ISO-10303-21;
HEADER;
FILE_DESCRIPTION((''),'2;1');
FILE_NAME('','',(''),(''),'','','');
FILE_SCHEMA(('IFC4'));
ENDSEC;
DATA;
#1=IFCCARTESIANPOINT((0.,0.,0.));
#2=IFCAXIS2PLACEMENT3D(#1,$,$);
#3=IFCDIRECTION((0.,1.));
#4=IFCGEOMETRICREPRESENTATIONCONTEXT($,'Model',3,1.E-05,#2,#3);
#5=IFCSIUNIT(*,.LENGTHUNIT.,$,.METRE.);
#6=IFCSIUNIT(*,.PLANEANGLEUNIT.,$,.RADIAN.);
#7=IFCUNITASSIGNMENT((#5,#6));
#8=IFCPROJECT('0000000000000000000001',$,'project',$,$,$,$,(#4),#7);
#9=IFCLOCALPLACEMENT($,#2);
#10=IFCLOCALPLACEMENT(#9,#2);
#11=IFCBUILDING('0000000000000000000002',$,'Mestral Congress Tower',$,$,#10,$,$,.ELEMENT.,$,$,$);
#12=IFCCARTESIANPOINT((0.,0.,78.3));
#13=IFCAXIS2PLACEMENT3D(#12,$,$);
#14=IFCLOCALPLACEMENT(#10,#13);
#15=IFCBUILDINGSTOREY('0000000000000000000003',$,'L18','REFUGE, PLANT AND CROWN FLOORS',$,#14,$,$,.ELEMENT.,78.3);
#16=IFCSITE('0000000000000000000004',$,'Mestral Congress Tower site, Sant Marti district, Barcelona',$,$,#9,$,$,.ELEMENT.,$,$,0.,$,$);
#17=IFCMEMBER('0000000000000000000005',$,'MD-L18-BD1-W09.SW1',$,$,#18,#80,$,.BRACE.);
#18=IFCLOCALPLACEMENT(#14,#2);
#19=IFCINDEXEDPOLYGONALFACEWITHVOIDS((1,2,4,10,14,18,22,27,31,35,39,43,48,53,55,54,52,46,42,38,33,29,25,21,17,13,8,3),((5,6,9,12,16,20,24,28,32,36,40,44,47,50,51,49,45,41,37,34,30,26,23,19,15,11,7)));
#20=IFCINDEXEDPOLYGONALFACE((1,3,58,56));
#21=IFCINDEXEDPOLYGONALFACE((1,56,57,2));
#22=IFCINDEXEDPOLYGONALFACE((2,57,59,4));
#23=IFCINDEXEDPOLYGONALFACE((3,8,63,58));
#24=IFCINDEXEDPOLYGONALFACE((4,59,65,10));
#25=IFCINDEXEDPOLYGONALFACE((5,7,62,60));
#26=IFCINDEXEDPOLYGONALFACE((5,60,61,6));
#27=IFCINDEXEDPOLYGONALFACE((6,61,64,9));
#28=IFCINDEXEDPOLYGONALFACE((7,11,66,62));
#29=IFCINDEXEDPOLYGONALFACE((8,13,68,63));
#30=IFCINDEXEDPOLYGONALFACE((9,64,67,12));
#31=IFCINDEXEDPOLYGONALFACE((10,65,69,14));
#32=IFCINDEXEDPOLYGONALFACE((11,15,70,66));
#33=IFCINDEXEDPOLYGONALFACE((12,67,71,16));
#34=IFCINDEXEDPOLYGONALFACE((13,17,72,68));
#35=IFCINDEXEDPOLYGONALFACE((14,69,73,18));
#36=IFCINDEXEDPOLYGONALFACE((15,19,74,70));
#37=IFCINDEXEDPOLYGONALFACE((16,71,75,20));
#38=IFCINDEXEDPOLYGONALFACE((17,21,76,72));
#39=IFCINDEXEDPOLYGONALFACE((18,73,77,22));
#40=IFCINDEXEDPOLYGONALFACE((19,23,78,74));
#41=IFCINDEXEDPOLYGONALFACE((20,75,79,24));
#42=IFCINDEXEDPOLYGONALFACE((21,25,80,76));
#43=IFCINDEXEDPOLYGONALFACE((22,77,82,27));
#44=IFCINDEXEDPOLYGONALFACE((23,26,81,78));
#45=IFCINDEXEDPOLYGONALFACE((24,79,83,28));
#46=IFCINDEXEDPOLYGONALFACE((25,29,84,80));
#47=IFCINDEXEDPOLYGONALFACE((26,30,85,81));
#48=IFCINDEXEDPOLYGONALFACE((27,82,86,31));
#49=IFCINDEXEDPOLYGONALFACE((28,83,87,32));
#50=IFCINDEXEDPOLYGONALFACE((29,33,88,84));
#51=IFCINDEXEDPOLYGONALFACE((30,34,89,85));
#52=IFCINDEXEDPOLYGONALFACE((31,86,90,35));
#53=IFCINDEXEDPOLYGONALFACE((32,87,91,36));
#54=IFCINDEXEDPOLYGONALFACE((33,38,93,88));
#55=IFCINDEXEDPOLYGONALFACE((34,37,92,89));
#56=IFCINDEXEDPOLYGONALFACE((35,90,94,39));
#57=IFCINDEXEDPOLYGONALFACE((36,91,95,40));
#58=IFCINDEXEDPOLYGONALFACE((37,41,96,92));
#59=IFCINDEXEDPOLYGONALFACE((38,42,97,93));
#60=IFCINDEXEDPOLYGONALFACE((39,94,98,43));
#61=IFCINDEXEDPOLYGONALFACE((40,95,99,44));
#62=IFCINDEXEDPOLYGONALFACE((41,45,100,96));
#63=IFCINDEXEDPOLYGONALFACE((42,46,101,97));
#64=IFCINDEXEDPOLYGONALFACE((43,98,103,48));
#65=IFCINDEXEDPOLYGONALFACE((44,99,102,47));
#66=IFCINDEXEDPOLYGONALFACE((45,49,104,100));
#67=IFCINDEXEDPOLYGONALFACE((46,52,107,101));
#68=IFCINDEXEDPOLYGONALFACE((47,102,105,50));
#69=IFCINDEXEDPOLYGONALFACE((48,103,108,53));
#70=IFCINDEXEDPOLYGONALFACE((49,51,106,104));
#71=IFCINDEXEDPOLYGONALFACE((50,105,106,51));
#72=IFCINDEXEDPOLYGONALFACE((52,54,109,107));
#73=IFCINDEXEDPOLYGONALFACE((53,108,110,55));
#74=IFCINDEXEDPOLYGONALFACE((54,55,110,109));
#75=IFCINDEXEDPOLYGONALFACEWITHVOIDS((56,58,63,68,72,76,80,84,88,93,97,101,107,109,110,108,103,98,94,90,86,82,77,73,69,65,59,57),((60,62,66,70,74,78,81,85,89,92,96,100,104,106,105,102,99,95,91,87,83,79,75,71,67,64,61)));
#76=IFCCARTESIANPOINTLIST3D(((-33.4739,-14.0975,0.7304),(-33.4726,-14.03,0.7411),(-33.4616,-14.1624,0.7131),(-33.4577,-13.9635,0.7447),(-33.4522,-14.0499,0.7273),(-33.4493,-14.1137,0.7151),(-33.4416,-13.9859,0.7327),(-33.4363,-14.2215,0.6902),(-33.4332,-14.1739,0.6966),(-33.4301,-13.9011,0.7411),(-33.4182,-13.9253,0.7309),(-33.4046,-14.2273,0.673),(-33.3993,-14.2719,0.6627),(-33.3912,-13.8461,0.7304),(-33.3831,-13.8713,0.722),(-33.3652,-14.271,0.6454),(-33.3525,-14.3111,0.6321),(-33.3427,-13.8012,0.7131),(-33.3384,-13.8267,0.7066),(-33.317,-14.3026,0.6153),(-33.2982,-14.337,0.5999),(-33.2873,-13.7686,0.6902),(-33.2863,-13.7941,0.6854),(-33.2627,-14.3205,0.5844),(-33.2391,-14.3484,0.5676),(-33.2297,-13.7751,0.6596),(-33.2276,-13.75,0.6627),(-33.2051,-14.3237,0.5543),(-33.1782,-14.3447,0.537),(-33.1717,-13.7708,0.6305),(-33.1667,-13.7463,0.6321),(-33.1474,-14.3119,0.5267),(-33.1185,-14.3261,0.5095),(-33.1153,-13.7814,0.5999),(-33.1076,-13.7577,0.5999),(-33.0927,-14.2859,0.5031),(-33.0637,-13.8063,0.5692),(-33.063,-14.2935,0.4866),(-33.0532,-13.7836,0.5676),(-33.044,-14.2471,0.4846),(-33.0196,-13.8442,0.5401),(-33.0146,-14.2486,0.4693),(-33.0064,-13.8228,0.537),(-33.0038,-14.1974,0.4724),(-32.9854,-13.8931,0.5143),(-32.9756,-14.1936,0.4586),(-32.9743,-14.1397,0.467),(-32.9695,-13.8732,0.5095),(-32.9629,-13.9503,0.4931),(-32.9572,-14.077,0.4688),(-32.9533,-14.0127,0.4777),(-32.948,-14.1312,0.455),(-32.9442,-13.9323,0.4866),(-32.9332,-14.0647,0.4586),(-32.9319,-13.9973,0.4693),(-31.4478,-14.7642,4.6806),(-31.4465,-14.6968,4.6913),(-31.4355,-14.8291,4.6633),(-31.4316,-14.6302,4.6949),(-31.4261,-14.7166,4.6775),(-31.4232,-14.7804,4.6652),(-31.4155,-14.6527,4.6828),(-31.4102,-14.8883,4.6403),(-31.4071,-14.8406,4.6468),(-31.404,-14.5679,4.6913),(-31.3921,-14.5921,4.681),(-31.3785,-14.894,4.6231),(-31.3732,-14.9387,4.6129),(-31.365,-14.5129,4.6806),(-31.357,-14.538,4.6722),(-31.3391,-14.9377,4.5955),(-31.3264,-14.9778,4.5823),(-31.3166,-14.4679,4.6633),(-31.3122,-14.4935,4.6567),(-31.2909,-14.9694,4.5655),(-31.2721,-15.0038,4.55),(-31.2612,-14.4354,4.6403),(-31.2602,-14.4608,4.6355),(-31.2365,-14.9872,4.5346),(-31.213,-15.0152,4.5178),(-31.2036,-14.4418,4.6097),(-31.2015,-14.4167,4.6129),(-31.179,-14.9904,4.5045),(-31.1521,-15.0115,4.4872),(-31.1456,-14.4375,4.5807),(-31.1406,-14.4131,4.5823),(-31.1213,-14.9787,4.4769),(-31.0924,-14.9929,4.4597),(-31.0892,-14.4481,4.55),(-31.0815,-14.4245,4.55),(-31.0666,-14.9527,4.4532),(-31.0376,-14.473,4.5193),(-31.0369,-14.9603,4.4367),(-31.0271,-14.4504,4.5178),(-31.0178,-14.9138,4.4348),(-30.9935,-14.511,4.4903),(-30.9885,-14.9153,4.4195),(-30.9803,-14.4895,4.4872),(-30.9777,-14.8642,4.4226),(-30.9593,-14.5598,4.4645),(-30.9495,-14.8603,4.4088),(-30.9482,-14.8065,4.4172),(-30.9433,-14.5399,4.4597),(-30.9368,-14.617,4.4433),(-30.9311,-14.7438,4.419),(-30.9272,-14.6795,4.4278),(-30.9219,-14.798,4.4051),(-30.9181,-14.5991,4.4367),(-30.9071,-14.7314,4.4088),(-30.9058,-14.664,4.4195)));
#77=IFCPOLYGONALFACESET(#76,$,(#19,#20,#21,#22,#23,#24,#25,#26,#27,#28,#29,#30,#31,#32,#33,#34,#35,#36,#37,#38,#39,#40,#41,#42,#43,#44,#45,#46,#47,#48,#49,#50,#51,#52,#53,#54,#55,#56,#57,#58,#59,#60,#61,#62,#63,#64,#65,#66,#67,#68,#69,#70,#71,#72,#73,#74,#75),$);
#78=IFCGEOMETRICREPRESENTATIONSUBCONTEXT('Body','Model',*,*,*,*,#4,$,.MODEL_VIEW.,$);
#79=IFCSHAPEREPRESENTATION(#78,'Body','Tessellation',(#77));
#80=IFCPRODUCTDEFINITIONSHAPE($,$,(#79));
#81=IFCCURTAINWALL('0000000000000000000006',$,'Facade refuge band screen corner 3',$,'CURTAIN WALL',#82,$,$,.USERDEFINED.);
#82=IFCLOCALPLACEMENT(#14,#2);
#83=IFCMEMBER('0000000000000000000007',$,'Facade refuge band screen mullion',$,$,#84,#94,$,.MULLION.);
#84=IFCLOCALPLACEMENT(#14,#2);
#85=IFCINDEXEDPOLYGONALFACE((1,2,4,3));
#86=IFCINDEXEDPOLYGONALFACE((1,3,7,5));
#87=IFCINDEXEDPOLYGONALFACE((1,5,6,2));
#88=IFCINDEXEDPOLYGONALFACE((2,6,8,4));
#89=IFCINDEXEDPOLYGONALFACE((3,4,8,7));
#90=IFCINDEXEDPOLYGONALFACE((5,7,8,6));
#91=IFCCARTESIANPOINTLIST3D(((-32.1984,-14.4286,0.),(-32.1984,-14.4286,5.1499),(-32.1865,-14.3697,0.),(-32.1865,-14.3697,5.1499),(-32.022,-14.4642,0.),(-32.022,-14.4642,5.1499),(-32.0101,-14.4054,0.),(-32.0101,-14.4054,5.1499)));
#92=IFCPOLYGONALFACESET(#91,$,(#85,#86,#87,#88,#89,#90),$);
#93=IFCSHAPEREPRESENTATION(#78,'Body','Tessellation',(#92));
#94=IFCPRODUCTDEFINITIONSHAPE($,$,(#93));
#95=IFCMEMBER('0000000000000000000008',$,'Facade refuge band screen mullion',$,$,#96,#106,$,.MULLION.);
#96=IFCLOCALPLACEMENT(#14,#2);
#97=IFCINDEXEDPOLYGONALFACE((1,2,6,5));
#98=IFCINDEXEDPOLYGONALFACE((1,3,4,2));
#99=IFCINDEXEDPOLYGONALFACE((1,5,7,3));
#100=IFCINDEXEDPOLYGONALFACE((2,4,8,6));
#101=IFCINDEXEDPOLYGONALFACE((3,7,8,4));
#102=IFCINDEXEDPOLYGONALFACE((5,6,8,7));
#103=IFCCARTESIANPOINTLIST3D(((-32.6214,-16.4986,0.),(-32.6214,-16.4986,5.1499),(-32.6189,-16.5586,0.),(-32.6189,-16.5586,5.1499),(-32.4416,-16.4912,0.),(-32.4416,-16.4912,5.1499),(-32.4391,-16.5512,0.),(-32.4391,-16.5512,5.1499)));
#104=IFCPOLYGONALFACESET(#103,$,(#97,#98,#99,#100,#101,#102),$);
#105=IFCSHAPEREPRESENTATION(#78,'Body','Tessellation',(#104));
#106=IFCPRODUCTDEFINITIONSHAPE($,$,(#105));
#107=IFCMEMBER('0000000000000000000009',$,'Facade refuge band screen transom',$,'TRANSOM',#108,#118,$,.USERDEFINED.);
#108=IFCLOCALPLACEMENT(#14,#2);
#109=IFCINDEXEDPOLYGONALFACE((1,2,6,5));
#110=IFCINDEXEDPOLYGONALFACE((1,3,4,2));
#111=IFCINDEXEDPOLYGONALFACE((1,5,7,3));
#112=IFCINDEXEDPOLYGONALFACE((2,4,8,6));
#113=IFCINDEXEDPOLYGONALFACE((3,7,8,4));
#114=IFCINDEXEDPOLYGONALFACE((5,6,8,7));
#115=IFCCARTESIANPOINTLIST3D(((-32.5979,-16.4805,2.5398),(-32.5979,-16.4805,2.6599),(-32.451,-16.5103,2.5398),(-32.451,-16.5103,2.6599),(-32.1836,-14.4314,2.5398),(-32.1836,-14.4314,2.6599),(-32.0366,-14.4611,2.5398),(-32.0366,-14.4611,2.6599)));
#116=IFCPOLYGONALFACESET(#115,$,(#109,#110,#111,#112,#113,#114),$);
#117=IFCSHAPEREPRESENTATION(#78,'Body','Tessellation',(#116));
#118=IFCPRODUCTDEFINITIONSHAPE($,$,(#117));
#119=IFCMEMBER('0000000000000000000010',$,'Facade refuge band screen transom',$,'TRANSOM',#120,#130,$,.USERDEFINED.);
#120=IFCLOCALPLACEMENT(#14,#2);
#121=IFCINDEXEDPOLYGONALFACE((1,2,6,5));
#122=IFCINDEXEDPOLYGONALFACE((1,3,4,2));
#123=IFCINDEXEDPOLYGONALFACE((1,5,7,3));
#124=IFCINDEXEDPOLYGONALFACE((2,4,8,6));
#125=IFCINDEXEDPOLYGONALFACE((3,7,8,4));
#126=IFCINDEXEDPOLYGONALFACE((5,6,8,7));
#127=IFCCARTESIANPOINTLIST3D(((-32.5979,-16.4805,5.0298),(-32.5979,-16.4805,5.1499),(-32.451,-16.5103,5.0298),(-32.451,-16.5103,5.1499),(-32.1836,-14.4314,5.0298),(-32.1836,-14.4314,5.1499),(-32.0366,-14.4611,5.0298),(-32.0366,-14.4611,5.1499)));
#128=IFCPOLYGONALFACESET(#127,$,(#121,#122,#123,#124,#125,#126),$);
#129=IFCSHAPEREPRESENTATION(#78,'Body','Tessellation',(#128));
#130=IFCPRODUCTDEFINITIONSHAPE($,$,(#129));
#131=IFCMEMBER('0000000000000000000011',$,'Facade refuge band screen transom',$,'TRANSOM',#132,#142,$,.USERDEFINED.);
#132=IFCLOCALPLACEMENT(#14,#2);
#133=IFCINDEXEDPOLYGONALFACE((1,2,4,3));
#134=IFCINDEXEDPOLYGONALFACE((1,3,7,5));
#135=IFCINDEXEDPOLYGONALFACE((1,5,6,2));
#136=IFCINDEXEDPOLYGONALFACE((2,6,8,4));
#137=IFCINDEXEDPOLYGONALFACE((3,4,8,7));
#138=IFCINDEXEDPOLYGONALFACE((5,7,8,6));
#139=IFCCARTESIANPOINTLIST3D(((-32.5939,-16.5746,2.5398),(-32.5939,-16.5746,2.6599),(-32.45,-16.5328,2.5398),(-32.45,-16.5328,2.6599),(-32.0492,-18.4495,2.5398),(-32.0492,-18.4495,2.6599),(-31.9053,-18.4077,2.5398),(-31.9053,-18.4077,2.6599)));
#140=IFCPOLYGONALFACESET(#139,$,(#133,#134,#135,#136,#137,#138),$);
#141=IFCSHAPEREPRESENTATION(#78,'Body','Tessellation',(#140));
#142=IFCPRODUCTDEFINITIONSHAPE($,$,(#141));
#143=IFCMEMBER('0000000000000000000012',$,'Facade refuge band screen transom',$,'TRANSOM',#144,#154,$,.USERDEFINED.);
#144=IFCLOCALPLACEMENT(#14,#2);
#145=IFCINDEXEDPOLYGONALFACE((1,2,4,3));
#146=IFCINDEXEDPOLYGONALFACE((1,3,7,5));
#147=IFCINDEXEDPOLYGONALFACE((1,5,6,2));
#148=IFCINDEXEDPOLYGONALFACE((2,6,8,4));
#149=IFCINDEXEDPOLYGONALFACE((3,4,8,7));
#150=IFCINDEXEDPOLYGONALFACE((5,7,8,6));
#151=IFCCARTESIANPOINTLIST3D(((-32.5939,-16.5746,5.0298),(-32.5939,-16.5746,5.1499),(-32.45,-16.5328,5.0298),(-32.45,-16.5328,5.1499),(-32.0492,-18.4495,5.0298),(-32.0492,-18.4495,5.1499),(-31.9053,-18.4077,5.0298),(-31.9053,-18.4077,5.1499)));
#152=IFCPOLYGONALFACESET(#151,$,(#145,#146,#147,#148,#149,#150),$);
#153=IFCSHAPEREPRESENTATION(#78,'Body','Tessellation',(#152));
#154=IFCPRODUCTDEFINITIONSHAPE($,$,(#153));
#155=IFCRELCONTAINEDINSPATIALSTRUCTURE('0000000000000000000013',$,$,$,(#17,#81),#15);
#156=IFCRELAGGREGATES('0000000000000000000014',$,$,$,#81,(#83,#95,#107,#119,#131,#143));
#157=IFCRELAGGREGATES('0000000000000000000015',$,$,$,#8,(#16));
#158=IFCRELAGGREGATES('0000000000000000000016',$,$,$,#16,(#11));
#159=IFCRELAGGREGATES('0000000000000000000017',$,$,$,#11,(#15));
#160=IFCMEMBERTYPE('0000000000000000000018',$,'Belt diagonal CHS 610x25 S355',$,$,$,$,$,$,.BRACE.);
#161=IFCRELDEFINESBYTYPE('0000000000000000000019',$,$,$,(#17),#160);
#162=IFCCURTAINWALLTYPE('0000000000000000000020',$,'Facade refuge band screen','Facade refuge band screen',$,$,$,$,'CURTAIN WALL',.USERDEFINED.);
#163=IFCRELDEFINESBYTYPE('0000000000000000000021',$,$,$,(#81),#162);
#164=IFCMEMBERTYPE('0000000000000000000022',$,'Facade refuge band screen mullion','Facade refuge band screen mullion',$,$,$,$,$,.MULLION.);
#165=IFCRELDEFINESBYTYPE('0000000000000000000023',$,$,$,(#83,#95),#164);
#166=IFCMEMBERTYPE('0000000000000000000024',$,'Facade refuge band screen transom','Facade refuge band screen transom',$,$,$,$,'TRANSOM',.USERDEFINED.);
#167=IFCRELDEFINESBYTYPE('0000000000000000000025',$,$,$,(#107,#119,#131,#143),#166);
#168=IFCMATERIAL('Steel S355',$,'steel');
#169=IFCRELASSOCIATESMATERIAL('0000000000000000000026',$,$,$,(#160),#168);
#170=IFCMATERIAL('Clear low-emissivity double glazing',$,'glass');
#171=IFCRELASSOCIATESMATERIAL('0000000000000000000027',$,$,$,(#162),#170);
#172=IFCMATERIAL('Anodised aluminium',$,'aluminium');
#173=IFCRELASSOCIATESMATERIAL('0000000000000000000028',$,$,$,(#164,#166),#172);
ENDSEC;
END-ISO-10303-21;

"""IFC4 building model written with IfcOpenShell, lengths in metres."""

from ifc_helpers import new_model, si_unit, direction, frame, origin, origin_2d, place, context, subcontext, project, spatial, rectangle, hollow_circle, extrude, material, material_profile, profile_set, type_object, element, aggregate, save


model = new_model("IFC4")

# Units and contexts
model_context = context("Model", 3, precision=1e-05, world=origin(), true_north=direction((0.0, 1.0)))
body_context = subcontext(model_context, "Body", "Model", "MODEL_VIEW")
ifc_project = project(units=[si_unit("LENGTHUNIT", "METRE"), si_unit("PLANEANGLEUNIT", "RADIAN")], contexts=[model_context])

# Site, building, storey
site_placement = place(None, origin())
site = spatial("IfcSite", under=ifc_project, at=site_placement, Name="Mestral Congress Tower site, Sant Marti district, Barcelona", CompositionType="ELEMENT", RefElevation=0.0)
building_placement = place(site_placement, origin())
building = spatial("IfcBuilding", under=site, at=building_placement, Name="Mestral Congress Tower", CompositionType="ELEMENT")
storey_placement = place(building_placement, frame((0.0, 0.0, 78.3)))
storey = spatial("IfcBuildingStorey", under=building, at=storey_placement, Name="L18", Description="REFUGE, PLANT AND CROWN FLOORS", CompositionType="ELEMENT", Elevation=78.3)

# Member
ifc_material_1 = material(Name="Steel S355", Category="steel")
ifc_material_profile_1 = material_profile(ifc_material_1, hollow_circle(Radius=0.3049, WallThickness=0.0249, at=origin_2d()), Name="CHS 610x25")
ifc_profile_set_1 = profile_set([ifc_material_profile_1], Name="Steel S355")
member_type_1 = type_object("IfcMemberType", Name="Belt diagonal CHS 610x25 S355", PredefinedType="BRACE", material=ifc_profile_set_1)
member_1_placement = place(storey_placement, frame((-33.2029, -14.0474, 0.5999), z_axis=(0.451323, -0.14852, 0.879914), x_axis=(0.312586, 0.94989, 0.0)))
element("IfcMember", 1, at=member_1_placement, inside=storey, type_object=member_type_1, Name="MD-L18-BD1-W09.SW1", PredefinedType="BRACE", context=body_context, shape_type="SweptSolid", body=[
    extrude(hollow_circle(Radius=0.3049, WallThickness=0.0249, at=origin_2d()), origin(), (0.0, 0.0, 1.0), 4.4893),
])

# Curtain wall, members
ifc_material_2 = material(Name="Clear low-emissivity double glazing", Category="glass")
curtain_wall_type = type_object("IfcCurtainWallType", Name="Facade refuge band screen", Description="Facade refuge band screen", ElementType="CURTAIN WALL", PredefinedType="USERDEFINED", material=ifc_material_2)
placement = place(storey_placement, origin())
curtain_wall_1 = element("IfcCurtainWall", 2, at=placement, inside=storey, type_object=curtain_wall_type, Name="Facade refuge band screen corner 3", ObjectType="CURTAIN WALL", PredefinedType="USERDEFINED")
ifc_material_3 = material(Name="Anodised aluminium", Category="aluminium")
ifc_material_profile_2 = material_profile(ifc_material_3, rectangle(XDim=0.1799, YDim=0.0601, at=origin_2d()), Name="CW3 mullion 180 x 60")
ifc_profile_set_2 = profile_set([ifc_material_profile_2], Name="Anodised aluminium")
member_type_2 = type_object("IfcMemberType", Name="Facade refuge band screen mullion", Description="Facade refuge band screen mullion", PredefinedType="MULLION", material=ifc_profile_set_2)
member_2_placement = place(storey_placement, frame((-32.1042, -14.417, 0.0), z_axis=(0.0, 0.0, 1.0), x_axis=(-0.980184, 0.198088, 0.0)))
member_2 = element("IfcMember", 3, at=member_2_placement, type_object=member_type_2, Name="Facade refuge band screen mullion", PredefinedType="MULLION", context=body_context, shape_type="SweptSolid", body=[
    extrude(rectangle(XDim=0.1799, YDim=0.0601, at=origin_2d()), origin(), (0.0, 0.0, 1.0), 5.1499),
])
member_3_placement = place(storey_placement, frame((-32.5303, -16.5249, 0.0), z_axis=(0.0, 0.0, 1.0), x_axis=(-0.999135, -0.041583, 0.0)))
member_3 = element("IfcMember", 4, at=member_3_placement, type_object=member_type_2, Name="Facade refuge band screen mullion", PredefinedType="MULLION", context=body_context, shape_type="SweptSolid", body=[
    extrude(rectangle(XDim=0.1799, YDim=0.0601, at=origin_2d()), origin(), (0.0, 0.0, 1.0), 5.1499),
])
ifc_material_profile_3 = material_profile(ifc_material_3, rectangle(XDim=0.1499, YDim=0.1201, at=origin_2d()), Name="CW3 transom 150 x 120")
ifc_profile_set_3 = profile_set([ifc_material_profile_3], Name="Anodised aluminium")
member_type_3 = type_object("IfcMemberType", Name="Facade refuge band screen transom", Description="Facade refuge band screen transom", ElementType="TRANSOM", PredefinedType="USERDEFINED", material=ifc_profile_set_3)
member_4_placement = place(storey_placement, frame((-32.1101, -14.4463, 2.5999), z_axis=(-0.198182, -0.980165, 0.0), x_axis=(0.980165, -0.198182, 0.0)))
member_4 = element("IfcMember", 5, at=member_4_placement, type_object=member_type_3, Name="Facade refuge band screen transom", ObjectType="TRANSOM", PredefinedType="USERDEFINED", context=body_context, shape_type="SweptSolid", body=[
    extrude(rectangle(XDim=0.1499, YDim=0.1201, at=origin_2d()), origin(), (0.0, 0.0, 1.0), 2.0906),
])
member_5_placement = place(storey_placement, frame((-32.1101, -14.4463, 5.0898), z_axis=(-0.198182, -0.980165, 0.0), x_axis=(0.980165, -0.198182, 0.0)))
member_5 = element("IfcMember", 6, at=member_5_placement, type_object=member_type_3, Name="Facade refuge band screen transom", ObjectType="TRANSOM", PredefinedType="USERDEFINED", context=body_context, shape_type="SweptSolid", body=[
    extrude(rectangle(XDim=0.1499, YDim=0.1201, at=origin_2d()), origin(), (0.0, 0.0, 1.0), 2.0906),
])
member_6_placement = place(storey_placement, frame((-32.522, -16.5537, 2.5999), z_axis=(0.278996, -0.960292, 0.0), x_axis=(0.960292, 0.278996, 0.0)))
member_6 = element("IfcMember", 7, at=member_6_placement, type_object=member_type_3, Name="Facade refuge band screen transom", ObjectType="TRANSOM", PredefinedType="USERDEFINED", context=body_context, shape_type="SweptSolid", body=[
    extrude(rectangle(XDim=0.1499, YDim=0.1201, at=origin_2d()), origin(), (0.0, 0.0, 1.0), 1.9524),
])
member_7_placement = place(storey_placement, frame((-32.522, -16.5537, 5.0898), z_axis=(0.278996, -0.960292, 0.0), x_axis=(0.960292, 0.278996, 0.0)))
member_7 = element("IfcMember", 8, at=member_7_placement, type_object=member_type_3, Name="Facade refuge band screen transom", ObjectType="TRANSOM", PredefinedType="USERDEFINED", context=body_context, shape_type="SweptSolid", body=[
    extrude(rectangle(XDim=0.1499, YDim=0.1201, at=origin_2d()), origin(), (0.0, 0.0, 1.0), 1.9524),
])

aggregate(curtain_wall_1, [member_2, member_3, member_4, member_5, member_6, member_7])

save(model, "model.ifc")
